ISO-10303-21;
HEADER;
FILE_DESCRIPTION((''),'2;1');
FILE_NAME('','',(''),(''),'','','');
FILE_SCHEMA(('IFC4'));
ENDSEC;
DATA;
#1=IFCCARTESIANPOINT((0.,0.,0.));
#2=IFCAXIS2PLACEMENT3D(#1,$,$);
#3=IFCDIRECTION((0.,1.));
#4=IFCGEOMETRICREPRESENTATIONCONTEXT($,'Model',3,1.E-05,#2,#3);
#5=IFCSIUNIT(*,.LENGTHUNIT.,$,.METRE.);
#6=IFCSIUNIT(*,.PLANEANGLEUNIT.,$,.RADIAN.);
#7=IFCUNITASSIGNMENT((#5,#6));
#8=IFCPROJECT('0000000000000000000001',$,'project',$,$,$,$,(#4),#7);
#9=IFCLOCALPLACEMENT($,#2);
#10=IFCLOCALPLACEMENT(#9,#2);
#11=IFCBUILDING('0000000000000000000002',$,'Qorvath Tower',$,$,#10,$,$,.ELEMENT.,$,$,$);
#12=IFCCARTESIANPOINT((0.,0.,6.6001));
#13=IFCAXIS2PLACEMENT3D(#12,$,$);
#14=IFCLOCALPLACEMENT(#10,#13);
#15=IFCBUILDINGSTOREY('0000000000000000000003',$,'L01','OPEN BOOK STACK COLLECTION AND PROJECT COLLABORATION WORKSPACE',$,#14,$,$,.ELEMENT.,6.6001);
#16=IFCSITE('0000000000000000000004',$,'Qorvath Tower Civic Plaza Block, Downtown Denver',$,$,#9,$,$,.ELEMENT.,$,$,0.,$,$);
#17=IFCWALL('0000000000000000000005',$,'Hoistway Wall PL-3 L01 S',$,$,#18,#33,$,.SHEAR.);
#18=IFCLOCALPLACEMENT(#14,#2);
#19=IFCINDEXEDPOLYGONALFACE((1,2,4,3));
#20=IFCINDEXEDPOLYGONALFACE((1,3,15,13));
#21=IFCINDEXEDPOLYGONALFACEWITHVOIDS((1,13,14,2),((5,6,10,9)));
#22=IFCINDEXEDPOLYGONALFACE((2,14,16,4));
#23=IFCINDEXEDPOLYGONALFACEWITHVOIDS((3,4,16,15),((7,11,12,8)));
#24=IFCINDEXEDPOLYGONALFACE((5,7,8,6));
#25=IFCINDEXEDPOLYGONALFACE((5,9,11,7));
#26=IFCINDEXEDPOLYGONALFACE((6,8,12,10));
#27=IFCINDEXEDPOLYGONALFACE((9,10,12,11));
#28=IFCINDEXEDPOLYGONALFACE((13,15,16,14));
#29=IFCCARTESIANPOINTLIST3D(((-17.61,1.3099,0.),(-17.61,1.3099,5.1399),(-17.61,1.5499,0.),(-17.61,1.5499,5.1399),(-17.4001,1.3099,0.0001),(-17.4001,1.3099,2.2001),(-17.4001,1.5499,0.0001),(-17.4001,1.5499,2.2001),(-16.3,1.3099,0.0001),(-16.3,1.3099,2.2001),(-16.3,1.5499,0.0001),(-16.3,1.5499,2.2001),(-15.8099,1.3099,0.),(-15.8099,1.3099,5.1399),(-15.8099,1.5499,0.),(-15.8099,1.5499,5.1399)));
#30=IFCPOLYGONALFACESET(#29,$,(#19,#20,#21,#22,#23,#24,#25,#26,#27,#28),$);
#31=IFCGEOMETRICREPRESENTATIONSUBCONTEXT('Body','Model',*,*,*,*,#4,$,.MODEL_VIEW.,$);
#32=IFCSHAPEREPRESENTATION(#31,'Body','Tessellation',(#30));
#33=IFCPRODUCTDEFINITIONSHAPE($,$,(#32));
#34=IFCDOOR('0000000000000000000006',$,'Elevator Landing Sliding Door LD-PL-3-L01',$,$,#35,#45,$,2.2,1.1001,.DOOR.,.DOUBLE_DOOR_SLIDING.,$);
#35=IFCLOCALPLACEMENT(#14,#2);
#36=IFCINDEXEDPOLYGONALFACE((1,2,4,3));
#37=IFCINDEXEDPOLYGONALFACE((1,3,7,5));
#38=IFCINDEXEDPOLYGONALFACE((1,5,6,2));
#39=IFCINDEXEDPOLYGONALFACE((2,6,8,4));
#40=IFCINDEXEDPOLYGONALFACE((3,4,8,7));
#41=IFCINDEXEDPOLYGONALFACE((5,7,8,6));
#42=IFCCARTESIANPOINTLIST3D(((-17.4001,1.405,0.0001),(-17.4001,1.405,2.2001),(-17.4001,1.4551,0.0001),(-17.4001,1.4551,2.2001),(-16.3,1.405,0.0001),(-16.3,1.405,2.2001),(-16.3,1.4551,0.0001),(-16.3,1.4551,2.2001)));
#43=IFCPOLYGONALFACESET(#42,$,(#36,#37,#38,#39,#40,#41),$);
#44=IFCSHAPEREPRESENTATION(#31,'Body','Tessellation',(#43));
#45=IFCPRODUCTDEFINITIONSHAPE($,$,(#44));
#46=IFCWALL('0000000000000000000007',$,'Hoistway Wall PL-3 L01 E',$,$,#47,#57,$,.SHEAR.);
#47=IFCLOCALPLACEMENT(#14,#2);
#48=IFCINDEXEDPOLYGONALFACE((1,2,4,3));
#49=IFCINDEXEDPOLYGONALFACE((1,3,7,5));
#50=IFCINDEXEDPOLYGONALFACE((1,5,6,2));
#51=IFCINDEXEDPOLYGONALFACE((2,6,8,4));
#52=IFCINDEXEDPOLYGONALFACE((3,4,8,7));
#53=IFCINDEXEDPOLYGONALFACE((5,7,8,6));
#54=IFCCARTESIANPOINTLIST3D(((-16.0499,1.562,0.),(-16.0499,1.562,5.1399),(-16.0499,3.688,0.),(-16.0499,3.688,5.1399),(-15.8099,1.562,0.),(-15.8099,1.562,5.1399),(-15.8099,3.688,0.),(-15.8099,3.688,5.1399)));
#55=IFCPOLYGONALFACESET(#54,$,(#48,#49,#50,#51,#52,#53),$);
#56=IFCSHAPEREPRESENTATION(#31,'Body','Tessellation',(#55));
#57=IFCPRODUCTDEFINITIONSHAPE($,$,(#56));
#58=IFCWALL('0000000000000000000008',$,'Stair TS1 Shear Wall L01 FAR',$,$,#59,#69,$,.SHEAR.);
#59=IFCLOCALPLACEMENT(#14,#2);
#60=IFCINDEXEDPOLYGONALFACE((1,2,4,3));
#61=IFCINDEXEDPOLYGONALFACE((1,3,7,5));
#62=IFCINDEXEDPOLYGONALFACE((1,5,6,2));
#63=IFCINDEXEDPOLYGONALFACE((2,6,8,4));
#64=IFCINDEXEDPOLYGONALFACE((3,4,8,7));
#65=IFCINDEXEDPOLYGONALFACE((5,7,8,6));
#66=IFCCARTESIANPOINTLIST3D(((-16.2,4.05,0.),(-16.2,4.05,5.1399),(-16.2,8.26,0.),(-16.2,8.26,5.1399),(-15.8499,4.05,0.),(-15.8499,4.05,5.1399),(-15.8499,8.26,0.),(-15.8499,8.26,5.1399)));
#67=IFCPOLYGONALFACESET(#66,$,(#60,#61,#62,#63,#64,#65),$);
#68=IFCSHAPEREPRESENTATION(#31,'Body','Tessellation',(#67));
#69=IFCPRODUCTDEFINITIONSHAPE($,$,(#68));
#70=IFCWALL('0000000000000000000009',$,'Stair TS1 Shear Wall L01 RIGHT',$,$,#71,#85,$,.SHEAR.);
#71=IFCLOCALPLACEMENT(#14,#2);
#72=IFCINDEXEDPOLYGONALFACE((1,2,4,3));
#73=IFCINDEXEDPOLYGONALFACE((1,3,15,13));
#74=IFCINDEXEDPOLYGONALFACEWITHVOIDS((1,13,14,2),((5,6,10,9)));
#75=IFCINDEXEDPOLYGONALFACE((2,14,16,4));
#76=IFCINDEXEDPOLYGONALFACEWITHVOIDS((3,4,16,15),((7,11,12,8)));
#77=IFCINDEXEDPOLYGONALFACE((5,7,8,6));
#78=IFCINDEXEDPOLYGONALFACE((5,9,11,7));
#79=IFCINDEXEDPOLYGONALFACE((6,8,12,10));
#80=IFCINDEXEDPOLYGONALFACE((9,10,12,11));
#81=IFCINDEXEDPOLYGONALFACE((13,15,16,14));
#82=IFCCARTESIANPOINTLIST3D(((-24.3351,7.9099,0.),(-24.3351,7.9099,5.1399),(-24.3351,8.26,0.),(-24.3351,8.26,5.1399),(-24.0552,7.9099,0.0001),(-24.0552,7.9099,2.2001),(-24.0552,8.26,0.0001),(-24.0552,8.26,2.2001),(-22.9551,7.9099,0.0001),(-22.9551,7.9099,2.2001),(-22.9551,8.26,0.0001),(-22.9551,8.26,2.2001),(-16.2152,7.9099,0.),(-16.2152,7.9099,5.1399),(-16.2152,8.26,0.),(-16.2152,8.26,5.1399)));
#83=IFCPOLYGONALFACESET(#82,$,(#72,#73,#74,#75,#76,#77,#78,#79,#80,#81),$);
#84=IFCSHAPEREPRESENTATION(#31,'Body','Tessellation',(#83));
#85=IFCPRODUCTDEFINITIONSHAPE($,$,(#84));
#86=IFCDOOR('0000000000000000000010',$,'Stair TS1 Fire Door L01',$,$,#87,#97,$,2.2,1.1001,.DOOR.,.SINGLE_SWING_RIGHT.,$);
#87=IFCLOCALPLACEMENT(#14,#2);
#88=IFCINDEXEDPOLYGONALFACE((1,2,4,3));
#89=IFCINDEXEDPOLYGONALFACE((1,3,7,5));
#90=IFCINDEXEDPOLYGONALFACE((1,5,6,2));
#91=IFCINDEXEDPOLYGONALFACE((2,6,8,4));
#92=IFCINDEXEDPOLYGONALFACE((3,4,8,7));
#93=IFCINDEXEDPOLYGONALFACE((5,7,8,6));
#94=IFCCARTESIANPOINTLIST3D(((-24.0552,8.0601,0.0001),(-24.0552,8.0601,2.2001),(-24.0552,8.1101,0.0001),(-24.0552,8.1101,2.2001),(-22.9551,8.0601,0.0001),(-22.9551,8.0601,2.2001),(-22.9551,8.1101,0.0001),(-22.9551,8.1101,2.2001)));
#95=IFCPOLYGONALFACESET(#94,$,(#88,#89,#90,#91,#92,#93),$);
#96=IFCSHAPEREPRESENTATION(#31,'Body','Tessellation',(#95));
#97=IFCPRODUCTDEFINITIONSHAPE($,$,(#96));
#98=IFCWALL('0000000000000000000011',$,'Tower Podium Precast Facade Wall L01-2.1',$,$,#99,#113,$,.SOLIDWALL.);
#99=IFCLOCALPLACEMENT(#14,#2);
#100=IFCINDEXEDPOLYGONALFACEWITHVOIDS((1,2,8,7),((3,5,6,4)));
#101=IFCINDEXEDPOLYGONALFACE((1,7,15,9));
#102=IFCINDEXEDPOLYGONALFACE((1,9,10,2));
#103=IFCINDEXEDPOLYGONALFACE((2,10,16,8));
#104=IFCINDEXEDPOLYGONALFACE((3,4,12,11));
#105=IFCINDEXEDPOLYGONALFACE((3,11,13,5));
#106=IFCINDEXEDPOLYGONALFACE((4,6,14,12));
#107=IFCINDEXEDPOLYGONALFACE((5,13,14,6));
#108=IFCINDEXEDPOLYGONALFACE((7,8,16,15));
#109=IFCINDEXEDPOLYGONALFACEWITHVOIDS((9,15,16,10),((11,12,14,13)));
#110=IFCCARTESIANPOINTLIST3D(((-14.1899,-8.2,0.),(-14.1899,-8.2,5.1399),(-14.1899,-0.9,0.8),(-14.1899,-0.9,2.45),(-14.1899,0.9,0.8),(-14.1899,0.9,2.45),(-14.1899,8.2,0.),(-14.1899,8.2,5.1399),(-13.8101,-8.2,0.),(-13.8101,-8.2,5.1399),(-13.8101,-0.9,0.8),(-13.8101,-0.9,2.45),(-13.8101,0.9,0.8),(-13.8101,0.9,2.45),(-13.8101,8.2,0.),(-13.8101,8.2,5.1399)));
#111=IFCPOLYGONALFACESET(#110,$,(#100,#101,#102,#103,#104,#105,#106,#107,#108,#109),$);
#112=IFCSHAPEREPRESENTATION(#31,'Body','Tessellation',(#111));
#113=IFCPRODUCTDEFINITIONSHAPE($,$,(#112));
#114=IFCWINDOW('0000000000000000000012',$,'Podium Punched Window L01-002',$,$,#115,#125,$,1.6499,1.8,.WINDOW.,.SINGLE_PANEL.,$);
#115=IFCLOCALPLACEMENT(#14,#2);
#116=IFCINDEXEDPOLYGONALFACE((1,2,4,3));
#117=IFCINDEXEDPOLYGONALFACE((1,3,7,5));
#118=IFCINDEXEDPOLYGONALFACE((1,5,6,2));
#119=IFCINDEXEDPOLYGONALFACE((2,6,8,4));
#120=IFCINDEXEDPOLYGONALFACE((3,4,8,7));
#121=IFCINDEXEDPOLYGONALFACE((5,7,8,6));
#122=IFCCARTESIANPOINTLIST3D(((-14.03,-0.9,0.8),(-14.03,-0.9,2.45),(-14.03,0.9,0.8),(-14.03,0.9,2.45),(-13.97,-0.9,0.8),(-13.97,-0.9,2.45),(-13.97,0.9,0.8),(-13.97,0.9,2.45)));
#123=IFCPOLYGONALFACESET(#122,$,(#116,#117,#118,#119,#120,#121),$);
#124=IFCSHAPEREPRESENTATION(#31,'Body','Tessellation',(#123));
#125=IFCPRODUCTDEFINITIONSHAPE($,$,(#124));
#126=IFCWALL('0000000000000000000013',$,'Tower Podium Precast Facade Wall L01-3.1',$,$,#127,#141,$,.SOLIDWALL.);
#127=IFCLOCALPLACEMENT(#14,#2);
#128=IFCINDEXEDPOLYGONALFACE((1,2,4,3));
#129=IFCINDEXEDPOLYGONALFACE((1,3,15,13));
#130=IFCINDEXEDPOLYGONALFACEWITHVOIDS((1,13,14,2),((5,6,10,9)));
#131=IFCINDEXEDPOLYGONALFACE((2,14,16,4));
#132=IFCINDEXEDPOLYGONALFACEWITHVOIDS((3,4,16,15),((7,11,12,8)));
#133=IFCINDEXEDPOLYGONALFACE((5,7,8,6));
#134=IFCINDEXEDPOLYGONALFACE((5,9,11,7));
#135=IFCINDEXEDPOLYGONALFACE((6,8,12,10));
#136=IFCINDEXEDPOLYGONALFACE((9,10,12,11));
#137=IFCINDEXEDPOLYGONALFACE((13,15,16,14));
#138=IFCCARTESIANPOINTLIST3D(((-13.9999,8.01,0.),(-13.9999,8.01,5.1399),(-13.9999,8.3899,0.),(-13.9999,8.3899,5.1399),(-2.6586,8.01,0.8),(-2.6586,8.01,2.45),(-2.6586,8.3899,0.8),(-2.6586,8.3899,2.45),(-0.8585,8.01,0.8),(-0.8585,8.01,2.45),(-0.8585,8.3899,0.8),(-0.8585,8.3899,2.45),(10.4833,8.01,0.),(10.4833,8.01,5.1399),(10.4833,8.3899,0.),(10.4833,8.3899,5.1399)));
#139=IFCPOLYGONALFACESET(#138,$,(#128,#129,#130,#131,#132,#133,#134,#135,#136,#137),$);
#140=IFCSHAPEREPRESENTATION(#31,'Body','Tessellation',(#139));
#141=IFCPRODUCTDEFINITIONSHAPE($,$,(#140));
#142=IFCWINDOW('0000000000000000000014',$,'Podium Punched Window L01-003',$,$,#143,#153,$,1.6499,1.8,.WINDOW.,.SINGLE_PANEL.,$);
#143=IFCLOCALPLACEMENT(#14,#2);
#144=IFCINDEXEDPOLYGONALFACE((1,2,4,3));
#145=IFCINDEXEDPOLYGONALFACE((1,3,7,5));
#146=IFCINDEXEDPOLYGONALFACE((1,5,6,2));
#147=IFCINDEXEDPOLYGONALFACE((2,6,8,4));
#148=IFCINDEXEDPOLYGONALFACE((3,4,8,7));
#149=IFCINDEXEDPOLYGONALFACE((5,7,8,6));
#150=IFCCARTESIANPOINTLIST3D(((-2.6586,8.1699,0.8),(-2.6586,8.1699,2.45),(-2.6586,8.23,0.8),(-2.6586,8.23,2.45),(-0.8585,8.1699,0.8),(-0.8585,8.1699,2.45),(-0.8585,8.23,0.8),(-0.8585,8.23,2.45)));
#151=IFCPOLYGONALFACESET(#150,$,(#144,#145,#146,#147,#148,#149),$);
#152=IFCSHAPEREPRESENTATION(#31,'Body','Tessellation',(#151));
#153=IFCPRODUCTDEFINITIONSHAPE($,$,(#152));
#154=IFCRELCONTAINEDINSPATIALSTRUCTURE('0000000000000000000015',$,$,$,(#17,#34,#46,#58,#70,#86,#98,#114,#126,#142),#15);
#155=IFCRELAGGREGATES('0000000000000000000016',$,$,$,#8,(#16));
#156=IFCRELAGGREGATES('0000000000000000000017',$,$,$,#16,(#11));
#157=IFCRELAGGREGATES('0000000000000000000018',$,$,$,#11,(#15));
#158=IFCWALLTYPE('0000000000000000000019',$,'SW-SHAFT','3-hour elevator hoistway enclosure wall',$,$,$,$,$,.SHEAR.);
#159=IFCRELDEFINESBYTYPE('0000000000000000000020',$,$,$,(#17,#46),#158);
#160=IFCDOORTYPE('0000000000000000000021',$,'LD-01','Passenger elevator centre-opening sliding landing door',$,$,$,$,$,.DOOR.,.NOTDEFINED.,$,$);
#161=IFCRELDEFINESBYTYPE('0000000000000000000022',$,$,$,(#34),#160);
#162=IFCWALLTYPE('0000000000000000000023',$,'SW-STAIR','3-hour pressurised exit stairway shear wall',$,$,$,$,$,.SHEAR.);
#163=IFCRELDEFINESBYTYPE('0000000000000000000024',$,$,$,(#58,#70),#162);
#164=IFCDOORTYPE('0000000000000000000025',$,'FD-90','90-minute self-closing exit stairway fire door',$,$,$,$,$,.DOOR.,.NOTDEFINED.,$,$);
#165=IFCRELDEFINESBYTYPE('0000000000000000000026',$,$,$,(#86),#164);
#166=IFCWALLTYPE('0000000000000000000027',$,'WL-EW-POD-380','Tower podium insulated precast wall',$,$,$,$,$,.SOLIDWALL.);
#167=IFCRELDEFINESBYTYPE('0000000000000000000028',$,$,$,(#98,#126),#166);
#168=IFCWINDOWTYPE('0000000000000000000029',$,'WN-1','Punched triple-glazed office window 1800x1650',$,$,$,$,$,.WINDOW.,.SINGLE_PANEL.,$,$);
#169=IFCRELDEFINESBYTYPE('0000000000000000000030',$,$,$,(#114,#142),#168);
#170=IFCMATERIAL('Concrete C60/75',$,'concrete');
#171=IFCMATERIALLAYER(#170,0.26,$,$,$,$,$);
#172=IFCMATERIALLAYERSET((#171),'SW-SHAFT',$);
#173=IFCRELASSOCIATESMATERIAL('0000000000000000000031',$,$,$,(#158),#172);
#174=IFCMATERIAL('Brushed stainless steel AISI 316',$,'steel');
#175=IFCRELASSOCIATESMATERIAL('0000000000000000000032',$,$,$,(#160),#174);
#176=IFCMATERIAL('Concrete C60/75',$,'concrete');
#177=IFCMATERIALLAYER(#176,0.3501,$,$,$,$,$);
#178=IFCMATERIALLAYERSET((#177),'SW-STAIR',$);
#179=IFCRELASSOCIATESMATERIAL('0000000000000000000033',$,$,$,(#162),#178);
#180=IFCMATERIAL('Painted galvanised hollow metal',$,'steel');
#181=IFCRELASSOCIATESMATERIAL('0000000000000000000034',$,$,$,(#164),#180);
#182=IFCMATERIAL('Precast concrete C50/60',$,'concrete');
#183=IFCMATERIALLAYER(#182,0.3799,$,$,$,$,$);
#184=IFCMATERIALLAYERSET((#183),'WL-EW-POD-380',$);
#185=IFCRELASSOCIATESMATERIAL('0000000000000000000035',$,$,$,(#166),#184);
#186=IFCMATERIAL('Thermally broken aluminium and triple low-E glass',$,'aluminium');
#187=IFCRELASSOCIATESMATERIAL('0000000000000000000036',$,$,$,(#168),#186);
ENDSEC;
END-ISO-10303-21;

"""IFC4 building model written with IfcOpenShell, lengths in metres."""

from ifc_helpers import new_model, si_unit, direction, frame, frame_2d, origin, place, context, subcontext, project, spatial, rectangle, extrude, material, layer, layer_set, type_object, element, fill, save


model = new_model("IFC4")

# Units and contexts
model_context = context("Model", 3, precision=1e-05, world=origin(), true_north=direction((0.0, 1.0)))
body_context = subcontext(model_context, "Body", "Model", "MODEL_VIEW")
ifc_project = project(units=[si_unit("LENGTHUNIT", "METRE"), si_unit("PLANEANGLEUNIT", "RADIAN")], contexts=[model_context])

# Site, building, storey
site_placement = place(None, origin())
site = spatial("IfcSite", under=ifc_project, at=site_placement, Name="Qorvath Tower Civic Plaza Block, Downtown Denver", CompositionType="ELEMENT", RefElevation=0.0)
building_placement = place(site_placement, origin())
building = spatial("IfcBuilding", under=site, at=building_placement, Name="Qorvath Tower", CompositionType="ELEMENT")
storey_placement = place(building_placement, frame((0.0, 0.0, 6.6001)))
storey = spatial("IfcBuildingStorey", under=building, at=storey_placement, Name="L01", Description="OPEN BOOK STACK COLLECTION AND PROJECT COLLABORATION WORKSPACE", CompositionType="ELEMENT", Elevation=6.6001)

# Wall, opening, door
ifc_material_1 = material(Name="Concrete C60/75", Category="concrete")
ifc_layer_1 = layer(ifc_material_1, 0.26)
ifc_layer_set_1 = layer_set([ifc_layer_1], Name="SW-SHAFT")
wall_type_1 = type_object("IfcWallType", Name="SW-SHAFT", Description="3-hour elevator hoistway enclosure wall", PredefinedType="SHEAR", material=ifc_layer_set_1)
wall_1_placement = place(storey_placement, frame((-15.8101, 1.4299, 0.0), z_axis=(0.0, 0.0, 1.0), x_axis=(-1.0, 0.0, 0.0)))
wall_1 = element("IfcWall", 1, at=wall_1_placement, inside=storey, type_object=wall_type_1, Name="Hoistway Wall PL-3 L01 S", PredefinedType="SHEAR", context=body_context, shape_type="SweptSolid", body=[
    extrude(rectangle(XDim=1.8, YDim=0.24, at=frame_2d((0.8999, 0.0))), origin(), (0.0, 0.0, 1.0), 5.1399),
])
opening_1_placement = place(wall_1_placement, frame((0.49, 0.0, 0.0)))
opening_1 = element("IfcOpeningElement", 2, at=opening_1_placement, cuts=wall_1, PredefinedType="OPENING", context=body_context, shape_type="SweptSolid", body=[
    extrude(rectangle(XDim=1.1001, YDim=2.2, at=frame_2d((0.55, 1.1001))), frame((0.0, 0.1299, 0.0), z_axis=(0.0, -1.0, 0.0), x_axis=(1.0, 0.0, 0.0)), (0.0, 0.0, 1.0), 0.26),
])
ifc_material_2 = material(Name="Brushed stainless steel AISI 316", Category="steel")
door_type_1 = type_object("IfcDoorType", Name="LD-01", Description="Passenger elevator centre-opening sliding landing door", OperationType="NOTDEFINED", PredefinedType="DOOR", material=ifc_material_2)
door_1_placement = place(opening_1_placement, origin())
door_1 = element("IfcDoor", 3, at=door_1_placement, inside=storey, type_object=door_type_1, Name="Elevator Landing Sliding Door LD-PL-3-L01", OperationType="DOUBLE_DOOR_SLIDING", OverallHeight=2.2, OverallWidth=1.1001, PredefinedType="DOOR", context=body_context, shape_type="SweptSolid", body=[
    extrude(rectangle(XDim=1.1001, YDim=2.2, at=frame_2d((0.55, 1.1001))), frame((0.0, 0.0249, 0.0), z_axis=(0.0, -1.0, 0.0), x_axis=(1.0, 0.0, 0.0)), (0.0, 0.0, 1.0), 0.05),
])
fill(opening_1, door_1)

# Walls
wall_2_placement = place(storey_placement, frame((-15.9299, 3.688, 0.0), z_axis=(0.0, 0.0, 1.0), x_axis=(0.0, -1.0, 0.0)))
element("IfcWall", 4, at=wall_2_placement, inside=storey, type_object=wall_type_1, Name="Hoistway Wall PL-3 L01 E", PredefinedType="SHEAR", context=body_context, shape_type="SweptSolid", body=[
    extrude(rectangle(XDim=2.126, YDim=0.24, at=frame_2d((1.063, 0.0))), origin(), (0.0, 0.0, 1.0), 5.1399),
])
ifc_material_3 = material(Name="Concrete C60/75", Category="concrete")
ifc_layer_2 = layer(ifc_material_3, 0.3501)
ifc_layer_set_2 = layer_set([ifc_layer_2], Name="SW-STAIR")
wall_type_2 = type_object("IfcWallType", Name="SW-STAIR", Description="3-hour pressurised exit stairway shear wall", PredefinedType="SHEAR", material=ifc_layer_set_2)
wall_3_placement = place(storey_placement, frame((-16.0249, 4.05, 0.0), z_axis=(0.0, 0.0, 1.0), x_axis=(0.0, 1.0, 0.0)))
element("IfcWall", 5, at=wall_3_placement, inside=storey, type_object=wall_type_2, Name="Stair TS1 Shear Wall L01 FAR", PredefinedType="SHEAR", context=body_context, shape_type="SweptSolid", body=[
    extrude(rectangle(XDim=4.21, YDim=0.3501, at=frame_2d((2.105, 0.0))), origin(), (0.0, 0.0, 1.0), 5.1399),
])

# Wall, opening, door
wall_4_placement = place(storey_placement, frame((-16.2151, 8.085, 0.0), z_axis=(0.0, 0.0, 1.0), x_axis=(-1.0, 0.0, 0.0)))
wall_4 = element("IfcWall", 6, at=wall_4_placement, inside=storey, type_object=wall_type_2, Name="Stair TS1 Shear Wall L01 RIGHT", PredefinedType="SHEAR", context=body_context, shape_type="SweptSolid", body=[
    extrude(rectangle(XDim=8.1199, YDim=0.3501, at=frame_2d((4.0601, 0.0))), origin(), (0.0, 0.0, 1.0), 5.1399),
])
opening_2_placement = place(wall_4_placement, frame((6.74, 0.0, 0.0)))
opening_2 = element("IfcOpeningElement", 7, at=opening_2_placement, cuts=wall_4, PredefinedType="OPENING", context=body_context, shape_type="SweptSolid", body=[
    extrude(rectangle(XDim=1.1001, YDim=2.2, at=frame_2d((0.55, 1.1001))), frame((0.0, 0.1851, 0.0), z_axis=(0.0, -1.0, 0.0), x_axis=(1.0, 0.0, 0.0)), (0.0, 0.0, 1.0), 0.3701),
])
ifc_material_4 = material(Name="Painted galvanised hollow metal", Category="steel")
door_type_2 = type_object("IfcDoorType", Name="FD-90", Description="90-minute self-closing exit stairway fire door", OperationType="NOTDEFINED", PredefinedType="DOOR", material=ifc_material_4)
door_2_placement = place(opening_2_placement, origin())
door_2 = element("IfcDoor", 8, at=door_2_placement, inside=storey, type_object=door_type_2, Name="Stair TS1 Fire Door L01", OperationType="SINGLE_SWING_RIGHT", OverallHeight=2.2, OverallWidth=1.1001, PredefinedType="DOOR", context=body_context, shape_type="SweptSolid", body=[
    extrude(rectangle(XDim=1.1001, YDim=2.2, at=frame_2d((0.55, 1.1001))), frame((0.0, 0.0249, 0.0), z_axis=(0.0, -1.0, 0.0), x_axis=(1.0, 0.0, 0.0)), (0.0, 0.0, 1.0), 0.05),
])
fill(opening_2, door_2)

# Walls, openings, windows
ifc_material_5 = material(Name="Precast concrete C50/60", Category="concrete")
ifc_layer_3 = layer(ifc_material_5, 0.3799)
ifc_layer_set_3 = layer_set([ifc_layer_3], Name="WL-EW-POD-380")
wall_type_3 = type_object("IfcWallType", Name="WL-EW-POD-380", Description="Tower podium insulated precast wall", PredefinedType="SOLIDWALL", material=ifc_layer_set_3)
wall_5_placement = place(storey_placement, frame((-14.0, 8.2, 0.0), z_axis=(0.0, 0.0, 1.0), x_axis=(0.0, -1.0, 0.0)))
wall_5 = element("IfcWall", 9, at=wall_5_placement, inside=storey, type_object=wall_type_3, Name="Tower Podium Precast Facade Wall L01-2.1", PredefinedType="SOLIDWALL", context=body_context, shape_type="SweptSolid", body=[
    extrude(rectangle(XDim=16.3999, YDim=0.3799, at=frame_2d((8.2, 0.0))), origin(), (0.0, 0.0, 1.0), 5.1399),
])
opening_3_placement = place(wall_5_placement, frame((7.3, 0.0, 0.8)))
opening_3 = element("IfcOpeningElement", 10, at=opening_3_placement, cuts=wall_5, PredefinedType="OPENING", context=body_context, shape_type="SweptSolid", body=[
    extrude(rectangle(XDim=1.8, YDim=1.6499, at=frame_2d((0.8999, 0.825))), frame((0.0, 0.2, 0.0), z_axis=(0.0, -1.0, 0.0), x_axis=(1.0, 0.0, 0.0)), (0.0, 0.0, 1.0), 0.3999),
])
ifc_material_6 = material(Name="Thermally broken aluminium and triple low-E glass", Category="aluminium")
window_type = type_object("IfcWindowType", Name="WN-1", Description="Punched triple-glazed office window 1800x1650", PartitioningType="SINGLE_PANEL", PredefinedType="WINDOW", material=ifc_material_6)
window_1_placement = place(opening_3_placement, origin())
window_1 = element("IfcWindow", 11, at=window_1_placement, inside=storey, type_object=window_type, Name="Podium Punched Window L01-002", OverallHeight=1.6499, OverallWidth=1.8, PartitioningType="SINGLE_PANEL", PredefinedType="WINDOW", context=body_context, shape_type="SweptSolid", body=[
    extrude(rectangle(XDim=1.8, YDim=1.6499, at=frame_2d((0.8999, 0.825))), frame((0.0, 0.03, 0.0), z_axis=(0.0, -1.0, 0.0), x_axis=(1.0, 0.0, 0.0)), (0.0, 0.0, 1.0), 0.0601),
])
fill(opening_3, window_1)
wall_6_placement = place(storey_placement, frame((-14.0, 8.2, 0.0), z_axis=(0.0, 0.0, 1.0), x_axis=(1.0, 0.0, 0.0)))
wall_6 = element("IfcWall", 12, at=wall_6_placement, inside=storey, type_object=wall_type_3, Name="Tower Podium Precast Facade Wall L01-3.1", PredefinedType="SOLIDWALL", context=body_context, shape_type="SweptSolid", body=[
    extrude(rectangle(XDim=24.4832, YDim=0.3799, at=frame_2d((12.2417, 0.0))), origin(), (0.0, 0.0, 1.0), 5.1399),
])
opening_4_placement = place(wall_6_placement, frame((11.3416, 0.0, 0.8)))
opening_4 = element("IfcOpeningElement", 13, at=opening_4_placement, cuts=wall_6, PredefinedType="OPENING", context=body_context, shape_type="SweptSolid", body=[
    extrude(rectangle(XDim=1.8, YDim=1.6499, at=frame_2d((0.8999, 0.825))), frame((0.0, 0.2, 0.0), z_axis=(0.0, -1.0, 0.0), x_axis=(1.0, 0.0, 0.0)), (0.0, 0.0, 1.0), 0.3999),
])
window_2_placement = place(opening_4_placement, origin())
window_2 = element("IfcWindow", 14, at=window_2_placement, inside=storey, type_object=window_type, Name="Podium Punched Window L01-003", OverallHeight=1.6499, OverallWidth=1.8, PartitioningType="SINGLE_PANEL", PredefinedType="WINDOW", context=body_context, shape_type="SweptSolid", body=[
    extrude(rectangle(XDim=1.8, YDim=1.6499, at=frame_2d((0.8999, 0.825))), frame((0.0, 0.03, 0.0), z_axis=(0.0, -1.0, 0.0), x_axis=(1.0, 0.0, 0.0)), (0.0, 0.0, 1.0), 0.0601),
])
fill(opening_4, window_2)

save(model, "model.ifc")
